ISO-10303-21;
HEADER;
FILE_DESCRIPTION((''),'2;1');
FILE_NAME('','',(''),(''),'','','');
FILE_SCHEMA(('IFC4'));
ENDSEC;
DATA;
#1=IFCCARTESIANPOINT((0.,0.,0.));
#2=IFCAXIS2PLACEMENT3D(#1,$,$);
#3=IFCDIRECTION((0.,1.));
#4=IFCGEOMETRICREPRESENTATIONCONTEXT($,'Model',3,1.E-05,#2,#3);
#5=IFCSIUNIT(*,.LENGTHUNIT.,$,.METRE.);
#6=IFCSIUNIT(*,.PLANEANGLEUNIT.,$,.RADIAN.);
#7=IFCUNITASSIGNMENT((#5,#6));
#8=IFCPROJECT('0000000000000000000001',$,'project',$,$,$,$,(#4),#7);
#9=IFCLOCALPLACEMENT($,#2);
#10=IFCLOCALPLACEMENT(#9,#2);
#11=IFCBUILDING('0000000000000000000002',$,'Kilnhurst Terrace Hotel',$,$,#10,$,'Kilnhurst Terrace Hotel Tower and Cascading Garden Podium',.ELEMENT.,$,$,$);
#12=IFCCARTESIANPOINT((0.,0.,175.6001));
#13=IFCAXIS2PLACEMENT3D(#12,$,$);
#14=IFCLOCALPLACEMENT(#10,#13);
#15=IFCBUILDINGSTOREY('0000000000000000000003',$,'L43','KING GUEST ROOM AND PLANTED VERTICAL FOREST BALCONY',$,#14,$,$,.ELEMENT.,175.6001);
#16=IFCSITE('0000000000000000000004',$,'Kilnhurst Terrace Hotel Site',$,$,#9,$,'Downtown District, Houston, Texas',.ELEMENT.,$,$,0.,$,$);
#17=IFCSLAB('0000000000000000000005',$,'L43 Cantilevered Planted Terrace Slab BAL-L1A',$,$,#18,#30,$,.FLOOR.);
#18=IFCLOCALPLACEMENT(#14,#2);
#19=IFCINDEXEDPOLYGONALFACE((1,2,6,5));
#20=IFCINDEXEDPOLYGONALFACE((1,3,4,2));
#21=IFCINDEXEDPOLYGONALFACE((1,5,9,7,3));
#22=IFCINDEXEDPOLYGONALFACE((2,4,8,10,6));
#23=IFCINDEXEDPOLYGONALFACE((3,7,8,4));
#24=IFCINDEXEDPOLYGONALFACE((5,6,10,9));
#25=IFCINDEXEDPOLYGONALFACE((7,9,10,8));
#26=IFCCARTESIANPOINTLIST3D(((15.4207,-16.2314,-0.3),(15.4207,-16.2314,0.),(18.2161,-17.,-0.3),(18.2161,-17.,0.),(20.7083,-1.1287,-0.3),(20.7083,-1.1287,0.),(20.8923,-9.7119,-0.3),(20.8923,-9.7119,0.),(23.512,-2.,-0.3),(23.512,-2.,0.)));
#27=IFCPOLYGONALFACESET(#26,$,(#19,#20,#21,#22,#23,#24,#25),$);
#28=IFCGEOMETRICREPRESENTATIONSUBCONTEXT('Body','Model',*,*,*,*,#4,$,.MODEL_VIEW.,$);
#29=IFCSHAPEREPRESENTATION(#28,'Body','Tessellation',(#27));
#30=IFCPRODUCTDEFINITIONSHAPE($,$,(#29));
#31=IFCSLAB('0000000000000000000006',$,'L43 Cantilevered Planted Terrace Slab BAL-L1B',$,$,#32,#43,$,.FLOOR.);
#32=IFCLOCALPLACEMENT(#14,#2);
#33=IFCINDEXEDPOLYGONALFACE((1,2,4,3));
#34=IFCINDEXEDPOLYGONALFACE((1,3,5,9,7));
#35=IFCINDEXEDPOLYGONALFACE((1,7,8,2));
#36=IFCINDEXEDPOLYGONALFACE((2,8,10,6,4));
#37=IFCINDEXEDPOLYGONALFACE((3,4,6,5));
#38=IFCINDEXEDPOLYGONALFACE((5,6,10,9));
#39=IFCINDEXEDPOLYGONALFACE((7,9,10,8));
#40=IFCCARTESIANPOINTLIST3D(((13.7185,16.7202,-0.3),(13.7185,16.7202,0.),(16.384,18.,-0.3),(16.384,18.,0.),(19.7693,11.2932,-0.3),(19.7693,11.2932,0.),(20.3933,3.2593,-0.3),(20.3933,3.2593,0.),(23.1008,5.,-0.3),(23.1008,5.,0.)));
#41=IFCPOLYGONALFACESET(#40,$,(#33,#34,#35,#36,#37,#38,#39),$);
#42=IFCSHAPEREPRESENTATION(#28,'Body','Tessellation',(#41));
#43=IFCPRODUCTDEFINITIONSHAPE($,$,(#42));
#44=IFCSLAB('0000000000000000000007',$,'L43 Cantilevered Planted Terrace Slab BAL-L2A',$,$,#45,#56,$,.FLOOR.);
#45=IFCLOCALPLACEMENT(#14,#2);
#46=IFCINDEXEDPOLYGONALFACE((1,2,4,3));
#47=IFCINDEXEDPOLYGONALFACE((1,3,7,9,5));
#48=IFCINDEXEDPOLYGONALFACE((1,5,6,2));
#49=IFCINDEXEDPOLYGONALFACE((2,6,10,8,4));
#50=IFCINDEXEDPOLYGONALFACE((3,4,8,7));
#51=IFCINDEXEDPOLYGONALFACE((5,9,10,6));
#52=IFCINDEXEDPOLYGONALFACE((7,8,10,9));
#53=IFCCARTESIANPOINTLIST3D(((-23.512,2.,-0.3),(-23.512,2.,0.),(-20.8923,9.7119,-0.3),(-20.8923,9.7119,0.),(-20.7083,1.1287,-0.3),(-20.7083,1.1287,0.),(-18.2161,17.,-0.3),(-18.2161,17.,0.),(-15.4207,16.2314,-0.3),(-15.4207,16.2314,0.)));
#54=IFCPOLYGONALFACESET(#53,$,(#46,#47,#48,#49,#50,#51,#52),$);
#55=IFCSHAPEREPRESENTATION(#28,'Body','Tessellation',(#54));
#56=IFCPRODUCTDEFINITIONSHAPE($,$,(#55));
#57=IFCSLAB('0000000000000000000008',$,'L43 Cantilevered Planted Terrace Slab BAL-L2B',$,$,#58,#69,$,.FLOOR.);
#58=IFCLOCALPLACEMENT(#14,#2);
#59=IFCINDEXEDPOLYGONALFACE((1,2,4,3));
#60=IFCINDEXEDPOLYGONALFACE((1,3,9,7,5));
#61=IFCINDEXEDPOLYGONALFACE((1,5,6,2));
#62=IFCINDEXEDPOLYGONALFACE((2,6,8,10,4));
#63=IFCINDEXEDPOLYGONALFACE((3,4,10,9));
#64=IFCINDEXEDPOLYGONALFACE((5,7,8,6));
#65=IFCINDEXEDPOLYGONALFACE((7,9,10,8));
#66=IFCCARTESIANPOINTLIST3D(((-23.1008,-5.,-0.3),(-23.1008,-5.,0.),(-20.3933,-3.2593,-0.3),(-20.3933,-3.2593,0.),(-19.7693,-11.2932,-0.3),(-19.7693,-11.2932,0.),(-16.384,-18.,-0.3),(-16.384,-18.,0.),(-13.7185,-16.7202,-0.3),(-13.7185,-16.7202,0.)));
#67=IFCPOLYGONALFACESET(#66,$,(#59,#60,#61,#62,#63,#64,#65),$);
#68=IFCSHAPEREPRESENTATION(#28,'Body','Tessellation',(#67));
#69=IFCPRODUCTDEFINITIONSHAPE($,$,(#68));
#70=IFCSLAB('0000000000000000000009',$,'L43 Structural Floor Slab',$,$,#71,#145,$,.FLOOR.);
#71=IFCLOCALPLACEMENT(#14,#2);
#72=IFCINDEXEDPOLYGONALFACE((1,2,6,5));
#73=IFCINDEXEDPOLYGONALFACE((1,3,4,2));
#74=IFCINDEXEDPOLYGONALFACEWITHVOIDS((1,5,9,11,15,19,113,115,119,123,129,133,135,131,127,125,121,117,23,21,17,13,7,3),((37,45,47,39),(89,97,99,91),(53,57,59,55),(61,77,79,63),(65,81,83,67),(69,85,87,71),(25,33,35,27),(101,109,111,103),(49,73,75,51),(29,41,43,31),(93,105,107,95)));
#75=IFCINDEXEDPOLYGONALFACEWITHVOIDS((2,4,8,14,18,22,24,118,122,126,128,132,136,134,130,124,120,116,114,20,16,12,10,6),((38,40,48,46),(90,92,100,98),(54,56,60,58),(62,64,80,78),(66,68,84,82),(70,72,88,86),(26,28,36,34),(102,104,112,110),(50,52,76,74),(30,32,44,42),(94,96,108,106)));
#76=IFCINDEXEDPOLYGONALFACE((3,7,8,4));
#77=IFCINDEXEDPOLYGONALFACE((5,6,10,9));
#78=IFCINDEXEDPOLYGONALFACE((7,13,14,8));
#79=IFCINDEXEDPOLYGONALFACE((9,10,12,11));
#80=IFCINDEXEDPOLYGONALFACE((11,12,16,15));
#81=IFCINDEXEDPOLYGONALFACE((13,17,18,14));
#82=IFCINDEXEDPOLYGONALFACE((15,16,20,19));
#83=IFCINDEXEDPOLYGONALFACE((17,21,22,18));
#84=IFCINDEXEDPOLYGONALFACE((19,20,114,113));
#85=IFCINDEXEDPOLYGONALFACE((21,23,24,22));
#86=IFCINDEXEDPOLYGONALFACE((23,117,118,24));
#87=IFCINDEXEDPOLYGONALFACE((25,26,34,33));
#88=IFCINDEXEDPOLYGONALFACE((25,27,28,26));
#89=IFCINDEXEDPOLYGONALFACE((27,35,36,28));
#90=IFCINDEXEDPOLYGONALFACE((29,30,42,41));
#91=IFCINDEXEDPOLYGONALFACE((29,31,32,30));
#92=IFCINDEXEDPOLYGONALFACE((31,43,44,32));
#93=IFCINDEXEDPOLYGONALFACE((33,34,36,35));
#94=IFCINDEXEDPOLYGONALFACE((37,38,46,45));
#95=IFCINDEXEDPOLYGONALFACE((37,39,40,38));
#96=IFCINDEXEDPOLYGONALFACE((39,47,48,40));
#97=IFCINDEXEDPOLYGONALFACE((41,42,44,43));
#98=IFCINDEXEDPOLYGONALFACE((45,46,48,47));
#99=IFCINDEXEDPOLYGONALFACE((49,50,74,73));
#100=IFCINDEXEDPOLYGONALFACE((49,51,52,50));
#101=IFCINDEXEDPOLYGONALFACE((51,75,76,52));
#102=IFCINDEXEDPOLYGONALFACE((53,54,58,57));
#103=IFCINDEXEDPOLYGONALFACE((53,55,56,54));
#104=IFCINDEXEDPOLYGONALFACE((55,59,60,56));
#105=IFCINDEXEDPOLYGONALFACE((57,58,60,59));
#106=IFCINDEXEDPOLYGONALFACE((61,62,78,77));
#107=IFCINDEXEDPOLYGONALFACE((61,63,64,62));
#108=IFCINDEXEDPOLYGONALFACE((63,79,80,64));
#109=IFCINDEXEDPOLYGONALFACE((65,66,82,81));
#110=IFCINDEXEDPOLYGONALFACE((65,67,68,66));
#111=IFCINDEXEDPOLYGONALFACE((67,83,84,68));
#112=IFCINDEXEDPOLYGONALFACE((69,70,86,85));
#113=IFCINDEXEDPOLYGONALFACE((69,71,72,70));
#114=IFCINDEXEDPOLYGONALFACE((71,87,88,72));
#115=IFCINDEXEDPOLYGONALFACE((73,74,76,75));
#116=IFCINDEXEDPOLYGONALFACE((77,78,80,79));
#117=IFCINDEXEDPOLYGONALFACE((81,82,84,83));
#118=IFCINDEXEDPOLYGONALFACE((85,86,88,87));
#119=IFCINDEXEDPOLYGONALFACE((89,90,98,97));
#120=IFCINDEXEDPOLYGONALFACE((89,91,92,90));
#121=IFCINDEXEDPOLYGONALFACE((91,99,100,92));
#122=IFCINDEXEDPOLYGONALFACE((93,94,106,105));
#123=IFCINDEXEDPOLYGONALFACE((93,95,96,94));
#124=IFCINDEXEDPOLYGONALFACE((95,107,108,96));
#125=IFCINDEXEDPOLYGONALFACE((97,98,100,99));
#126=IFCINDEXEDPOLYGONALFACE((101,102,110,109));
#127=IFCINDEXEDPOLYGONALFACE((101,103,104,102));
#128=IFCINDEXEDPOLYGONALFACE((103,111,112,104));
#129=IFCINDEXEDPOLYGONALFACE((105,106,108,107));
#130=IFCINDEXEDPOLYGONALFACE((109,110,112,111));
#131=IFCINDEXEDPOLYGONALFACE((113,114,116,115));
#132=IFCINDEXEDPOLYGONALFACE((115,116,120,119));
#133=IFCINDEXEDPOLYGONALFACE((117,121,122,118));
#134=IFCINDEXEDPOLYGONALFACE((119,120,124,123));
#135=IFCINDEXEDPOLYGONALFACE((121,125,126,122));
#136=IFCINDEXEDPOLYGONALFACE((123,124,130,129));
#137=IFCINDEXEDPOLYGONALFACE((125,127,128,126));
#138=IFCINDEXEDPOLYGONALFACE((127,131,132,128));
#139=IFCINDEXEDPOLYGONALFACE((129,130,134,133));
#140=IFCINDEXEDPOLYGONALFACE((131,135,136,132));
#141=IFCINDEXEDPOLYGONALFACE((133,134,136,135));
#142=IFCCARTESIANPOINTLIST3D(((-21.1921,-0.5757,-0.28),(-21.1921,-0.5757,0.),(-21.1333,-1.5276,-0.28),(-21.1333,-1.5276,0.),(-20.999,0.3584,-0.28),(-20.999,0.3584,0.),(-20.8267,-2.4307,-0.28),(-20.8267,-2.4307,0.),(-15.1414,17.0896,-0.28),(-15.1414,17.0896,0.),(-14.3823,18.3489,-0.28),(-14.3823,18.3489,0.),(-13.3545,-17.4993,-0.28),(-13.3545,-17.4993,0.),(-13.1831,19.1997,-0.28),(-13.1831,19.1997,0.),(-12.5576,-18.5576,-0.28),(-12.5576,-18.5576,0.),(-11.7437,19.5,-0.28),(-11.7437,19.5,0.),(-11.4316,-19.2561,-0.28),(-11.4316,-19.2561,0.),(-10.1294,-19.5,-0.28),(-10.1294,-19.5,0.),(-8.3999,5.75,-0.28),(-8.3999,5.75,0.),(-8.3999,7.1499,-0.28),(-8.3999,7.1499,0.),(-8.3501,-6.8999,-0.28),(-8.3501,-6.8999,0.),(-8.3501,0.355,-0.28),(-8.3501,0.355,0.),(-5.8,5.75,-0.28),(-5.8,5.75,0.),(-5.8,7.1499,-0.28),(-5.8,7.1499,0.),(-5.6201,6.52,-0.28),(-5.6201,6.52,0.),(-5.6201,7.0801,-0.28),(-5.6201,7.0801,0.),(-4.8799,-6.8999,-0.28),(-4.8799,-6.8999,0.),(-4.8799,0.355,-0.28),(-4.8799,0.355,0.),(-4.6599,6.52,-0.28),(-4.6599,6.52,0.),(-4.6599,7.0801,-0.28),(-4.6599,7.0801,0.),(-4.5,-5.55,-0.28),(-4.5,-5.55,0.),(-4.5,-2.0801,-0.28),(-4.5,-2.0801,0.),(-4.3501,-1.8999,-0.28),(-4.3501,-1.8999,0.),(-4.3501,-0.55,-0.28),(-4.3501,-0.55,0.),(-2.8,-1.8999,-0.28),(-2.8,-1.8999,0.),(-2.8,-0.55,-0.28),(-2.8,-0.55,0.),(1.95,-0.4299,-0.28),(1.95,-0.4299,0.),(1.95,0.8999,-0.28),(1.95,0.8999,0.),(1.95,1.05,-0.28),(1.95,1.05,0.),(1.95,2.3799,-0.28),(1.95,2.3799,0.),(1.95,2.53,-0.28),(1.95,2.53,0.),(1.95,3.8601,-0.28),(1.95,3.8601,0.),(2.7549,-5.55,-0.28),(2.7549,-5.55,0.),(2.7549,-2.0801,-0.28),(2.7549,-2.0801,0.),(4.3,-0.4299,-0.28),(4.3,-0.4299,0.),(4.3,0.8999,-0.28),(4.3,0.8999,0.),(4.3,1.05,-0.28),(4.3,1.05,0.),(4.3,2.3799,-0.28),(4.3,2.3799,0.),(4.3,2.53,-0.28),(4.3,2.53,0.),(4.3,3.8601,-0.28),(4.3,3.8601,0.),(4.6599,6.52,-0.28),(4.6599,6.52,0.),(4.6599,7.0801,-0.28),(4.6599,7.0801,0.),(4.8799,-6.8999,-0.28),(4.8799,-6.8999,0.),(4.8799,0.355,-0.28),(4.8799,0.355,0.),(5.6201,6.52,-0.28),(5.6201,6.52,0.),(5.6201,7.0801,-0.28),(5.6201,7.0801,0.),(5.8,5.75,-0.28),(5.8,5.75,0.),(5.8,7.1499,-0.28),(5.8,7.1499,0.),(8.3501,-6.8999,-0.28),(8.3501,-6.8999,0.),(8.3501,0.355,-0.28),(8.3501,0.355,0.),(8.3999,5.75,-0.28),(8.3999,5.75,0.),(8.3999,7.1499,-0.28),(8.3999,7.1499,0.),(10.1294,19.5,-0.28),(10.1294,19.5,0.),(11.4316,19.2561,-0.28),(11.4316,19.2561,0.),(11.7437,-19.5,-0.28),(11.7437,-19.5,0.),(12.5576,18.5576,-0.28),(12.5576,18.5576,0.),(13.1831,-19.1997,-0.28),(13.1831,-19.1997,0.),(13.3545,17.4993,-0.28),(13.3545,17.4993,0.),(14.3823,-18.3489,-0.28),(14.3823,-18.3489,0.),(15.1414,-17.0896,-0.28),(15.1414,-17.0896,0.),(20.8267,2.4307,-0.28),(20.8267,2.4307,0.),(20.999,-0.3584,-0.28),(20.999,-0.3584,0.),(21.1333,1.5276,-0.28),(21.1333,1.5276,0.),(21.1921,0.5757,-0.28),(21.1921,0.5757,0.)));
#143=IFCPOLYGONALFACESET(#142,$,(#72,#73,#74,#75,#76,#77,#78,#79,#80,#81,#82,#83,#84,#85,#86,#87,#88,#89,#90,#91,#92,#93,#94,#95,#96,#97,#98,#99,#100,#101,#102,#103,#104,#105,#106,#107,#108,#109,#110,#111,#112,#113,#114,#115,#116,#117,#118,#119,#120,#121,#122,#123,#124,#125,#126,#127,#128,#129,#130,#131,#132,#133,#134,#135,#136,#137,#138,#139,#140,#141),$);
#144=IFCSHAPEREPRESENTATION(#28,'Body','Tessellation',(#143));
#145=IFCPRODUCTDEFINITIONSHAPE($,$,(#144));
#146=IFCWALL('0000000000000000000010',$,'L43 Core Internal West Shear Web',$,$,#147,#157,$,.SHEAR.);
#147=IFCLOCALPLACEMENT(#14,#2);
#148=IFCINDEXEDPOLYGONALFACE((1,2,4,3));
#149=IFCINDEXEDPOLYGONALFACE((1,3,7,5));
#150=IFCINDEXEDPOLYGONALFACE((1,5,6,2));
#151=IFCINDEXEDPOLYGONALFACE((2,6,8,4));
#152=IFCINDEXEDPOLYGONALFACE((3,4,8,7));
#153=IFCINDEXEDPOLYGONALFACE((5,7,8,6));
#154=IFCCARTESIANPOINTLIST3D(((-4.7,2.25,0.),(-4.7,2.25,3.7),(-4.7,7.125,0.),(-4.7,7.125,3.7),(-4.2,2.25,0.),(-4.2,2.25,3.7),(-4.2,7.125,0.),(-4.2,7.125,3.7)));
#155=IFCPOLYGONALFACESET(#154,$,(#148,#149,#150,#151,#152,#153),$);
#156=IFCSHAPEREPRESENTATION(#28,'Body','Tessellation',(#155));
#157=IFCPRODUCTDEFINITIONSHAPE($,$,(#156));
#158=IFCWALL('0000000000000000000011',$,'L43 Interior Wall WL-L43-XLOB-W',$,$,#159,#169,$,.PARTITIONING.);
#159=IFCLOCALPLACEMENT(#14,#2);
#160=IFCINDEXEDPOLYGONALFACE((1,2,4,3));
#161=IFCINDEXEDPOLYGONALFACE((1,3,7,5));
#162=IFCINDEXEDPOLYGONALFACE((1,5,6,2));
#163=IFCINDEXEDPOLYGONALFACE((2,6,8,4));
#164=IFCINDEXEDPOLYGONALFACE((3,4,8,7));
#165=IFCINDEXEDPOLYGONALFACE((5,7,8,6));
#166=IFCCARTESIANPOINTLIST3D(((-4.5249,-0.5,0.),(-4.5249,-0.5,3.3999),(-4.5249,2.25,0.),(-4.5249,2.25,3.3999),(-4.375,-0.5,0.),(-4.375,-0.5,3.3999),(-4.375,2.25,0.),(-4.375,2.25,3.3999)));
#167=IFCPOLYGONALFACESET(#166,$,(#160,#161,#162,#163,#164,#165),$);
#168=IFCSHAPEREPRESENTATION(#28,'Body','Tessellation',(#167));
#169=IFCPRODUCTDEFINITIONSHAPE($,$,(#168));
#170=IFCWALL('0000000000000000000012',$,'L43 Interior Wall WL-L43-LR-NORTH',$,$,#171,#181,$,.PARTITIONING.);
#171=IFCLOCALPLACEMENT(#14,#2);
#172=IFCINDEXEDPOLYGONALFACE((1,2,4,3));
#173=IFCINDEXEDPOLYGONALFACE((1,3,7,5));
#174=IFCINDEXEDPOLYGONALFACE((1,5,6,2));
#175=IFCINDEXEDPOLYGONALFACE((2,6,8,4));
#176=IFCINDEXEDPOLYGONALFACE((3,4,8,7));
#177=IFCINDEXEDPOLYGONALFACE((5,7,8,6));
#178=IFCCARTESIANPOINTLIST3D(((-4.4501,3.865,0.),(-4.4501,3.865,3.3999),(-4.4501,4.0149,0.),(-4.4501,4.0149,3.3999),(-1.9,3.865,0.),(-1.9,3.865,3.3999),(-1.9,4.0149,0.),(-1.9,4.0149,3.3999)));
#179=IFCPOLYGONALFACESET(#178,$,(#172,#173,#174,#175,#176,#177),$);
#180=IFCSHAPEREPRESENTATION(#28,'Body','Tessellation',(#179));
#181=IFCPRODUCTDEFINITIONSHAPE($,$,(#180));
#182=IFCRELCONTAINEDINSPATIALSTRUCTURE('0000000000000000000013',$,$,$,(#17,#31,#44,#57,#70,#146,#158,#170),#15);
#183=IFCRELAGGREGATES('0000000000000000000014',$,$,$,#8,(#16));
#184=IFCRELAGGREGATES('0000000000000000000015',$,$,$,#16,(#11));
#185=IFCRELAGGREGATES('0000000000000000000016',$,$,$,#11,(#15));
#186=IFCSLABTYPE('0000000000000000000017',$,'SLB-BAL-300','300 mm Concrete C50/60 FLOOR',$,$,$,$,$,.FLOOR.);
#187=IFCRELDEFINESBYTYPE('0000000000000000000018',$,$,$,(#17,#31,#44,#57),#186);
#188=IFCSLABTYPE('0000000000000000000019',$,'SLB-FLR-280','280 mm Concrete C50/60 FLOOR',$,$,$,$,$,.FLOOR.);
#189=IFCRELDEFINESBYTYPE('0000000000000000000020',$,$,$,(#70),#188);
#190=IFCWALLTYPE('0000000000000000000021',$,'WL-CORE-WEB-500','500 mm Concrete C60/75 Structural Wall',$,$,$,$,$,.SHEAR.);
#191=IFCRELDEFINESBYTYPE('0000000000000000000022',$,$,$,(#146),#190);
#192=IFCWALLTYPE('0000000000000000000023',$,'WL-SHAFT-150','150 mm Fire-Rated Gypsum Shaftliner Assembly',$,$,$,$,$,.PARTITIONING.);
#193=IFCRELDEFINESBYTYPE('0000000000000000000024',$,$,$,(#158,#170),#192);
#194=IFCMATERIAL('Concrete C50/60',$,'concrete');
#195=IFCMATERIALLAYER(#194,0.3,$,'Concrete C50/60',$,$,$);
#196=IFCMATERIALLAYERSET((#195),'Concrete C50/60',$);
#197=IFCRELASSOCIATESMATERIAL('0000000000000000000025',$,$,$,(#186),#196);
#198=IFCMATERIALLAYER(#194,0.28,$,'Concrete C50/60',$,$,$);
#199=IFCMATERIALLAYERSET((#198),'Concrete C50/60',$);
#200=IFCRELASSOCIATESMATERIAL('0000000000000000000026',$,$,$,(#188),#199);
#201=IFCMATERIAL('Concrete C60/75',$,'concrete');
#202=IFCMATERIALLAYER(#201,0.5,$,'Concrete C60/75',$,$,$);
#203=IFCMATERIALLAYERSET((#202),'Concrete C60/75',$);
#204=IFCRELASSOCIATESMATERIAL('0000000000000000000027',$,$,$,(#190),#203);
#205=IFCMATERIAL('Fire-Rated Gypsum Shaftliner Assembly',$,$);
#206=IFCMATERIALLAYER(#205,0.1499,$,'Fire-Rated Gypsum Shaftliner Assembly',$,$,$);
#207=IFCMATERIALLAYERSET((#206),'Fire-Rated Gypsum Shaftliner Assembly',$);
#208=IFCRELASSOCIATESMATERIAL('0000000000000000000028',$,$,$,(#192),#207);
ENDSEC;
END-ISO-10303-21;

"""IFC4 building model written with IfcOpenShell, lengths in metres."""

from ifc_helpers import new_model, si_unit, direction, frame, frame_2d, origin, place, context, subcontext, project, spatial, polyline, rectangle, outline, extrude, material, layer, layer_set, type_object, element, save


model = new_model("IFC4")

# Units and contexts
model_context = context("Model", 3, precision=1e-05, world=origin(), true_north=direction((0.0, 1.0)))
body_context = subcontext(model_context, "Body", "Model", "MODEL_VIEW")
ifc_project = project(units=[si_unit("LENGTHUNIT", "METRE"), si_unit("PLANEANGLEUNIT", "RADIAN")], contexts=[model_context])

# Site, building, storey
site_placement = place(None, origin())
site = spatial("IfcSite", under=ifc_project, at=site_placement, Name="Kilnhurst Terrace Hotel Site", LongName="Downtown District, Houston, Texas", CompositionType="ELEMENT", RefElevation=0.0)
building_placement = place(site_placement, origin())
building = spatial("IfcBuilding", under=site, at=building_placement, Name="Kilnhurst Terrace Hotel", LongName="Kilnhurst Terrace Hotel Tower and Cascading Garden Podium", CompositionType="ELEMENT")
storey_placement = place(building_placement, frame((0.0, 0.0, 175.6001)))
storey = spatial("IfcBuildingStorey", under=building, at=storey_placement, Name="L43", Description="KING GUEST ROOM AND PLANTED VERTICAL FOREST BALCONY", CompositionType="ELEMENT", Elevation=175.6001)

# Slabs
ifc_material_1 = material(Name="Concrete C50/60", Category="concrete")
ifc_layer_1 = layer(ifc_material_1, 0.3, Name="Concrete C50/60")
ifc_layer_set_1 = layer_set([ifc_layer_1], Name="Concrete C50/60")
slab_type_1 = type_object("IfcSlabType", Name="SLB-BAL-300", Description="300 mm Concrete C50/60 FLOOR", PredefinedType="FLOOR", material=ifc_layer_set_1)
slab_1_placement = place(storey_placement, frame((0.0, 0.0, -0.3)))
element("IfcSlab", 1, at=slab_1_placement, inside=storey, type_object=slab_type_1, Name="L43 Cantilevered Planted Terrace Slab BAL-L1A", PredefinedType="FLOOR", context=body_context, shape_type="SweptSolid", body=[
    extrude(outline(polyline([(20.8923, -9.7119), (18.2161, -17.0), (15.4207, -16.2314), (20.7083, -1.1287), (23.512, -2.0), (20.8923, -9.7119)])), origin(), (0.0, 0.0, 1.0), 0.3),
])
slab_2_placement = place(storey_placement, frame((0.0, 0.0, -0.3)))
element("IfcSlab", 2, at=slab_2_placement, inside=storey, type_object=slab_type_1, Name="L43 Cantilevered Planted Terrace Slab BAL-L1B", PredefinedType="FLOOR", context=body_context, shape_type="SweptSolid", body=[
    extrude(outline(polyline([(23.1008, 5.0), (20.3933, 3.2593), (13.7185, 16.7202), (16.384, 18.0), (19.7693, 11.2932), (23.1008, 5.0)])), origin(), (0.0, 0.0, 1.0), 0.3),
])
slab_3_placement = place(storey_placement, frame((0.0, 0.0, -0.3)))
element("IfcSlab", 3, at=slab_3_placement, inside=storey, type_object=slab_type_1, Name="L43 Cantilevered Planted Terrace Slab BAL-L2A", PredefinedType="FLOOR", context=body_context, shape_type="SweptSolid", body=[
    extrude(outline(polyline([(-18.2161, 17.0), (-15.4207, 16.2314), (-20.7083, 1.1287), (-23.512, 2.0), (-20.8923, 9.7119), (-18.2161, 17.0)])), origin(), (0.0, 0.0, 1.0), 0.3),
])
slab_4_placement = place(storey_placement, frame((0.0, 0.0, -0.3)))
element("IfcSlab", 4, at=slab_4_placement, inside=storey, type_object=slab_type_1, Name="L43 Cantilevered Planted Terrace Slab BAL-L2B", PredefinedType="FLOOR", context=body_context, shape_type="SweptSolid", body=[
    extrude(outline(polyline([(-23.1008, -5.0), (-20.3933, -3.2593), (-13.7185, -16.7202), (-16.384, -18.0), (-19.7693, -11.2932), (-23.1008, -5.0)])), origin(), (0.0, 0.0, 1.0), 0.3),
])
ifc_layer_2 = layer(ifc_material_1, 0.28, Name="Concrete C50/60")
ifc_layer_set_2 = layer_set([ifc_layer_2], Name="Concrete C50/60")
slab_type_2 = type_object("IfcSlabType", Name="SLB-FLR-280", Description="280 mm Concrete C50/60 FLOOR", PredefinedType="FLOOR", material=ifc_layer_set_2)
slab_5_placement = place(storey_placement, frame((0.0, 0.0, -0.28)))
element("IfcSlab", 5, at=slab_5_placement, inside=storey, type_object=slab_type_2, Name="L43 Structural Floor Slab", PredefinedType="FLOOR", context=body_context, shape_type="SweptSolid", body=[
    extrude(outline(polyline([(-13.3545, -17.4993), (-12.5576, -18.5576), (-11.4316, -19.2561), (-10.1294, -19.5), (11.7437, -19.5), (13.1831, -19.1997), (14.3823, -18.3489), (15.1414, -17.0896), (20.999, -0.3584), (21.1921, 0.5757), (21.1333, 1.5276), (20.8267, 2.4307), (13.3545, 17.4993), (12.5576, 18.5576), (11.4316, 19.2561), (10.1294, 19.5), (-11.7437, 19.5), (-13.1831, 19.1997), (-14.3823, 18.3489), (-15.1414, 17.0896), (-20.999, 0.3584), (-21.1921, -0.5757), (-21.1333, -1.5276), (-20.8267, -2.4307), (-13.3545, -17.4993)]), holes=[polyline([(2.7549, -2.0801), (2.7549, -5.55), (-4.5, -5.55), (-4.5, -2.0801), (2.7549, -2.0801)]), polyline([(-8.3501, 0.355), (-4.8799, 0.355), (-4.8799, -6.8999), (-8.3501, -6.8999), (-8.3501, 0.355)]), polyline([(-2.8, -1.8999), (-4.3501, -1.8999), (-4.3501, -0.55), (-2.8, -0.55), (-2.8, -1.8999)]), polyline([(1.95, -0.4299), (1.95, 0.8999), (4.3, 0.8999), (4.3, -0.4299), (1.95, -0.4299)]), polyline([(-8.3999, 5.75), (-8.3999, 7.1499), (-5.8, 7.1499), (-5.8, 5.75), (-8.3999, 5.75)]), polyline([(-4.6599, 6.52), (-5.6201, 6.52), (-5.6201, 7.0801), (-4.6599, 7.0801), (-4.6599, 6.52)]), polyline([(8.3501, 0.355), (8.3501, -6.8999), (4.8799, -6.8999), (4.8799, 0.355), (8.3501, 0.355)]), polyline([(1.95, 1.05), (1.95, 2.3799), (4.3, 2.3799), (4.3, 1.05), (1.95, 1.05)]), polyline([(4.3, 2.53), (1.95, 2.53), (1.95, 3.8601), (4.3, 3.8601), (4.3, 2.53)]), polyline([(5.8, 5.75), (5.8, 7.1499), (8.3999, 7.1499), (8.3999, 5.75), (5.8, 5.75)]), polyline([(4.6599, 6.52), (4.6599, 7.0801), (5.6201, 7.0801), (5.6201, 6.52), (4.6599, 6.52)])]), origin(), (0.0, 0.0, 1.0), 0.28),
])

# Walls
ifc_material_2 = material(Name="Concrete C60/75", Category="concrete")
ifc_layer_3 = layer(ifc_material_2, 0.5, Name="Concrete C60/75")
ifc_layer_set_3 = layer_set([ifc_layer_3], Name="Concrete C60/75")
wall_type_1 = type_object("IfcWallType", Name="WL-CORE-WEB-500", Description="500 mm Concrete C60/75 Structural Wall", PredefinedType="SHEAR", material=ifc_layer_set_3)
wall_1_placement = place(storey_placement, frame((-4.45, 2.25, 0.0), z_axis=(0.0, 0.0, 1.0), x_axis=(0.0, 1.0, 0.0)))
element("IfcWall", 6, at=wall_1_placement, inside=storey, type_object=wall_type_1, Name="L43 Core Internal West Shear Web", PredefinedType="SHEAR", context=body_context, shape_type="SweptSolid", body=[
    extrude(rectangle(XDim=4.875, YDim=0.5, at=frame_2d((2.4375, 0.0))), origin(), (0.0, 0.0, 1.0), 3.7),
])
ifc_material_3 = material(Name="Fire-Rated Gypsum Shaftliner Assembly")
ifc_layer_4 = layer(ifc_material_3, 0.1499, Name="Fire-Rated Gypsum Shaftliner Assembly")
ifc_layer_set_4 = layer_set([ifc_layer_4], Name="Fire-Rated Gypsum Shaftliner Assembly")
wall_type_2 = type_object("IfcWallType", Name="WL-SHAFT-150", Description="150 mm Fire-Rated Gypsum Shaftliner Assembly", PredefinedType="PARTITIONING", material=ifc_layer_set_4)
wall_2_placement = place(storey_placement, frame((-4.45, -0.5, 0.0), z_axis=(0.0, 0.0, 1.0), x_axis=(0.0, 1.0, 0.0)))
element("IfcWall", 7, at=wall_2_placement, inside=storey, type_object=wall_type_2, Name="L43 Interior Wall WL-L43-XLOB-W", PredefinedType="PARTITIONING", context=body_context, shape_type="SweptSolid", body=[
    extrude(rectangle(XDim=2.75, YDim=0.1499, at=frame_2d((1.375, 0.0))), origin(), (0.0, 0.0, 1.0), 3.3999),
])
wall_3_placement = place(storey_placement, frame((-4.45, 3.9399, 0.0), z_axis=(0.0, 0.0, 1.0), x_axis=(1.0, 0.0, 0.0)))
element("IfcWall", 8, at=wall_3_placement, inside=storey, type_object=wall_type_2, Name="L43 Interior Wall WL-L43-LR-NORTH", PredefinedType="PARTITIONING", context=body_context, shape_type="SweptSolid", body=[
    extrude(rectangle(XDim=2.55, YDim=0.1499, at=frame_2d((1.2749, 0.0))), origin(), (0.0, 0.0, 1.0), 3.3999),
])

save(model, "model.ifc")
